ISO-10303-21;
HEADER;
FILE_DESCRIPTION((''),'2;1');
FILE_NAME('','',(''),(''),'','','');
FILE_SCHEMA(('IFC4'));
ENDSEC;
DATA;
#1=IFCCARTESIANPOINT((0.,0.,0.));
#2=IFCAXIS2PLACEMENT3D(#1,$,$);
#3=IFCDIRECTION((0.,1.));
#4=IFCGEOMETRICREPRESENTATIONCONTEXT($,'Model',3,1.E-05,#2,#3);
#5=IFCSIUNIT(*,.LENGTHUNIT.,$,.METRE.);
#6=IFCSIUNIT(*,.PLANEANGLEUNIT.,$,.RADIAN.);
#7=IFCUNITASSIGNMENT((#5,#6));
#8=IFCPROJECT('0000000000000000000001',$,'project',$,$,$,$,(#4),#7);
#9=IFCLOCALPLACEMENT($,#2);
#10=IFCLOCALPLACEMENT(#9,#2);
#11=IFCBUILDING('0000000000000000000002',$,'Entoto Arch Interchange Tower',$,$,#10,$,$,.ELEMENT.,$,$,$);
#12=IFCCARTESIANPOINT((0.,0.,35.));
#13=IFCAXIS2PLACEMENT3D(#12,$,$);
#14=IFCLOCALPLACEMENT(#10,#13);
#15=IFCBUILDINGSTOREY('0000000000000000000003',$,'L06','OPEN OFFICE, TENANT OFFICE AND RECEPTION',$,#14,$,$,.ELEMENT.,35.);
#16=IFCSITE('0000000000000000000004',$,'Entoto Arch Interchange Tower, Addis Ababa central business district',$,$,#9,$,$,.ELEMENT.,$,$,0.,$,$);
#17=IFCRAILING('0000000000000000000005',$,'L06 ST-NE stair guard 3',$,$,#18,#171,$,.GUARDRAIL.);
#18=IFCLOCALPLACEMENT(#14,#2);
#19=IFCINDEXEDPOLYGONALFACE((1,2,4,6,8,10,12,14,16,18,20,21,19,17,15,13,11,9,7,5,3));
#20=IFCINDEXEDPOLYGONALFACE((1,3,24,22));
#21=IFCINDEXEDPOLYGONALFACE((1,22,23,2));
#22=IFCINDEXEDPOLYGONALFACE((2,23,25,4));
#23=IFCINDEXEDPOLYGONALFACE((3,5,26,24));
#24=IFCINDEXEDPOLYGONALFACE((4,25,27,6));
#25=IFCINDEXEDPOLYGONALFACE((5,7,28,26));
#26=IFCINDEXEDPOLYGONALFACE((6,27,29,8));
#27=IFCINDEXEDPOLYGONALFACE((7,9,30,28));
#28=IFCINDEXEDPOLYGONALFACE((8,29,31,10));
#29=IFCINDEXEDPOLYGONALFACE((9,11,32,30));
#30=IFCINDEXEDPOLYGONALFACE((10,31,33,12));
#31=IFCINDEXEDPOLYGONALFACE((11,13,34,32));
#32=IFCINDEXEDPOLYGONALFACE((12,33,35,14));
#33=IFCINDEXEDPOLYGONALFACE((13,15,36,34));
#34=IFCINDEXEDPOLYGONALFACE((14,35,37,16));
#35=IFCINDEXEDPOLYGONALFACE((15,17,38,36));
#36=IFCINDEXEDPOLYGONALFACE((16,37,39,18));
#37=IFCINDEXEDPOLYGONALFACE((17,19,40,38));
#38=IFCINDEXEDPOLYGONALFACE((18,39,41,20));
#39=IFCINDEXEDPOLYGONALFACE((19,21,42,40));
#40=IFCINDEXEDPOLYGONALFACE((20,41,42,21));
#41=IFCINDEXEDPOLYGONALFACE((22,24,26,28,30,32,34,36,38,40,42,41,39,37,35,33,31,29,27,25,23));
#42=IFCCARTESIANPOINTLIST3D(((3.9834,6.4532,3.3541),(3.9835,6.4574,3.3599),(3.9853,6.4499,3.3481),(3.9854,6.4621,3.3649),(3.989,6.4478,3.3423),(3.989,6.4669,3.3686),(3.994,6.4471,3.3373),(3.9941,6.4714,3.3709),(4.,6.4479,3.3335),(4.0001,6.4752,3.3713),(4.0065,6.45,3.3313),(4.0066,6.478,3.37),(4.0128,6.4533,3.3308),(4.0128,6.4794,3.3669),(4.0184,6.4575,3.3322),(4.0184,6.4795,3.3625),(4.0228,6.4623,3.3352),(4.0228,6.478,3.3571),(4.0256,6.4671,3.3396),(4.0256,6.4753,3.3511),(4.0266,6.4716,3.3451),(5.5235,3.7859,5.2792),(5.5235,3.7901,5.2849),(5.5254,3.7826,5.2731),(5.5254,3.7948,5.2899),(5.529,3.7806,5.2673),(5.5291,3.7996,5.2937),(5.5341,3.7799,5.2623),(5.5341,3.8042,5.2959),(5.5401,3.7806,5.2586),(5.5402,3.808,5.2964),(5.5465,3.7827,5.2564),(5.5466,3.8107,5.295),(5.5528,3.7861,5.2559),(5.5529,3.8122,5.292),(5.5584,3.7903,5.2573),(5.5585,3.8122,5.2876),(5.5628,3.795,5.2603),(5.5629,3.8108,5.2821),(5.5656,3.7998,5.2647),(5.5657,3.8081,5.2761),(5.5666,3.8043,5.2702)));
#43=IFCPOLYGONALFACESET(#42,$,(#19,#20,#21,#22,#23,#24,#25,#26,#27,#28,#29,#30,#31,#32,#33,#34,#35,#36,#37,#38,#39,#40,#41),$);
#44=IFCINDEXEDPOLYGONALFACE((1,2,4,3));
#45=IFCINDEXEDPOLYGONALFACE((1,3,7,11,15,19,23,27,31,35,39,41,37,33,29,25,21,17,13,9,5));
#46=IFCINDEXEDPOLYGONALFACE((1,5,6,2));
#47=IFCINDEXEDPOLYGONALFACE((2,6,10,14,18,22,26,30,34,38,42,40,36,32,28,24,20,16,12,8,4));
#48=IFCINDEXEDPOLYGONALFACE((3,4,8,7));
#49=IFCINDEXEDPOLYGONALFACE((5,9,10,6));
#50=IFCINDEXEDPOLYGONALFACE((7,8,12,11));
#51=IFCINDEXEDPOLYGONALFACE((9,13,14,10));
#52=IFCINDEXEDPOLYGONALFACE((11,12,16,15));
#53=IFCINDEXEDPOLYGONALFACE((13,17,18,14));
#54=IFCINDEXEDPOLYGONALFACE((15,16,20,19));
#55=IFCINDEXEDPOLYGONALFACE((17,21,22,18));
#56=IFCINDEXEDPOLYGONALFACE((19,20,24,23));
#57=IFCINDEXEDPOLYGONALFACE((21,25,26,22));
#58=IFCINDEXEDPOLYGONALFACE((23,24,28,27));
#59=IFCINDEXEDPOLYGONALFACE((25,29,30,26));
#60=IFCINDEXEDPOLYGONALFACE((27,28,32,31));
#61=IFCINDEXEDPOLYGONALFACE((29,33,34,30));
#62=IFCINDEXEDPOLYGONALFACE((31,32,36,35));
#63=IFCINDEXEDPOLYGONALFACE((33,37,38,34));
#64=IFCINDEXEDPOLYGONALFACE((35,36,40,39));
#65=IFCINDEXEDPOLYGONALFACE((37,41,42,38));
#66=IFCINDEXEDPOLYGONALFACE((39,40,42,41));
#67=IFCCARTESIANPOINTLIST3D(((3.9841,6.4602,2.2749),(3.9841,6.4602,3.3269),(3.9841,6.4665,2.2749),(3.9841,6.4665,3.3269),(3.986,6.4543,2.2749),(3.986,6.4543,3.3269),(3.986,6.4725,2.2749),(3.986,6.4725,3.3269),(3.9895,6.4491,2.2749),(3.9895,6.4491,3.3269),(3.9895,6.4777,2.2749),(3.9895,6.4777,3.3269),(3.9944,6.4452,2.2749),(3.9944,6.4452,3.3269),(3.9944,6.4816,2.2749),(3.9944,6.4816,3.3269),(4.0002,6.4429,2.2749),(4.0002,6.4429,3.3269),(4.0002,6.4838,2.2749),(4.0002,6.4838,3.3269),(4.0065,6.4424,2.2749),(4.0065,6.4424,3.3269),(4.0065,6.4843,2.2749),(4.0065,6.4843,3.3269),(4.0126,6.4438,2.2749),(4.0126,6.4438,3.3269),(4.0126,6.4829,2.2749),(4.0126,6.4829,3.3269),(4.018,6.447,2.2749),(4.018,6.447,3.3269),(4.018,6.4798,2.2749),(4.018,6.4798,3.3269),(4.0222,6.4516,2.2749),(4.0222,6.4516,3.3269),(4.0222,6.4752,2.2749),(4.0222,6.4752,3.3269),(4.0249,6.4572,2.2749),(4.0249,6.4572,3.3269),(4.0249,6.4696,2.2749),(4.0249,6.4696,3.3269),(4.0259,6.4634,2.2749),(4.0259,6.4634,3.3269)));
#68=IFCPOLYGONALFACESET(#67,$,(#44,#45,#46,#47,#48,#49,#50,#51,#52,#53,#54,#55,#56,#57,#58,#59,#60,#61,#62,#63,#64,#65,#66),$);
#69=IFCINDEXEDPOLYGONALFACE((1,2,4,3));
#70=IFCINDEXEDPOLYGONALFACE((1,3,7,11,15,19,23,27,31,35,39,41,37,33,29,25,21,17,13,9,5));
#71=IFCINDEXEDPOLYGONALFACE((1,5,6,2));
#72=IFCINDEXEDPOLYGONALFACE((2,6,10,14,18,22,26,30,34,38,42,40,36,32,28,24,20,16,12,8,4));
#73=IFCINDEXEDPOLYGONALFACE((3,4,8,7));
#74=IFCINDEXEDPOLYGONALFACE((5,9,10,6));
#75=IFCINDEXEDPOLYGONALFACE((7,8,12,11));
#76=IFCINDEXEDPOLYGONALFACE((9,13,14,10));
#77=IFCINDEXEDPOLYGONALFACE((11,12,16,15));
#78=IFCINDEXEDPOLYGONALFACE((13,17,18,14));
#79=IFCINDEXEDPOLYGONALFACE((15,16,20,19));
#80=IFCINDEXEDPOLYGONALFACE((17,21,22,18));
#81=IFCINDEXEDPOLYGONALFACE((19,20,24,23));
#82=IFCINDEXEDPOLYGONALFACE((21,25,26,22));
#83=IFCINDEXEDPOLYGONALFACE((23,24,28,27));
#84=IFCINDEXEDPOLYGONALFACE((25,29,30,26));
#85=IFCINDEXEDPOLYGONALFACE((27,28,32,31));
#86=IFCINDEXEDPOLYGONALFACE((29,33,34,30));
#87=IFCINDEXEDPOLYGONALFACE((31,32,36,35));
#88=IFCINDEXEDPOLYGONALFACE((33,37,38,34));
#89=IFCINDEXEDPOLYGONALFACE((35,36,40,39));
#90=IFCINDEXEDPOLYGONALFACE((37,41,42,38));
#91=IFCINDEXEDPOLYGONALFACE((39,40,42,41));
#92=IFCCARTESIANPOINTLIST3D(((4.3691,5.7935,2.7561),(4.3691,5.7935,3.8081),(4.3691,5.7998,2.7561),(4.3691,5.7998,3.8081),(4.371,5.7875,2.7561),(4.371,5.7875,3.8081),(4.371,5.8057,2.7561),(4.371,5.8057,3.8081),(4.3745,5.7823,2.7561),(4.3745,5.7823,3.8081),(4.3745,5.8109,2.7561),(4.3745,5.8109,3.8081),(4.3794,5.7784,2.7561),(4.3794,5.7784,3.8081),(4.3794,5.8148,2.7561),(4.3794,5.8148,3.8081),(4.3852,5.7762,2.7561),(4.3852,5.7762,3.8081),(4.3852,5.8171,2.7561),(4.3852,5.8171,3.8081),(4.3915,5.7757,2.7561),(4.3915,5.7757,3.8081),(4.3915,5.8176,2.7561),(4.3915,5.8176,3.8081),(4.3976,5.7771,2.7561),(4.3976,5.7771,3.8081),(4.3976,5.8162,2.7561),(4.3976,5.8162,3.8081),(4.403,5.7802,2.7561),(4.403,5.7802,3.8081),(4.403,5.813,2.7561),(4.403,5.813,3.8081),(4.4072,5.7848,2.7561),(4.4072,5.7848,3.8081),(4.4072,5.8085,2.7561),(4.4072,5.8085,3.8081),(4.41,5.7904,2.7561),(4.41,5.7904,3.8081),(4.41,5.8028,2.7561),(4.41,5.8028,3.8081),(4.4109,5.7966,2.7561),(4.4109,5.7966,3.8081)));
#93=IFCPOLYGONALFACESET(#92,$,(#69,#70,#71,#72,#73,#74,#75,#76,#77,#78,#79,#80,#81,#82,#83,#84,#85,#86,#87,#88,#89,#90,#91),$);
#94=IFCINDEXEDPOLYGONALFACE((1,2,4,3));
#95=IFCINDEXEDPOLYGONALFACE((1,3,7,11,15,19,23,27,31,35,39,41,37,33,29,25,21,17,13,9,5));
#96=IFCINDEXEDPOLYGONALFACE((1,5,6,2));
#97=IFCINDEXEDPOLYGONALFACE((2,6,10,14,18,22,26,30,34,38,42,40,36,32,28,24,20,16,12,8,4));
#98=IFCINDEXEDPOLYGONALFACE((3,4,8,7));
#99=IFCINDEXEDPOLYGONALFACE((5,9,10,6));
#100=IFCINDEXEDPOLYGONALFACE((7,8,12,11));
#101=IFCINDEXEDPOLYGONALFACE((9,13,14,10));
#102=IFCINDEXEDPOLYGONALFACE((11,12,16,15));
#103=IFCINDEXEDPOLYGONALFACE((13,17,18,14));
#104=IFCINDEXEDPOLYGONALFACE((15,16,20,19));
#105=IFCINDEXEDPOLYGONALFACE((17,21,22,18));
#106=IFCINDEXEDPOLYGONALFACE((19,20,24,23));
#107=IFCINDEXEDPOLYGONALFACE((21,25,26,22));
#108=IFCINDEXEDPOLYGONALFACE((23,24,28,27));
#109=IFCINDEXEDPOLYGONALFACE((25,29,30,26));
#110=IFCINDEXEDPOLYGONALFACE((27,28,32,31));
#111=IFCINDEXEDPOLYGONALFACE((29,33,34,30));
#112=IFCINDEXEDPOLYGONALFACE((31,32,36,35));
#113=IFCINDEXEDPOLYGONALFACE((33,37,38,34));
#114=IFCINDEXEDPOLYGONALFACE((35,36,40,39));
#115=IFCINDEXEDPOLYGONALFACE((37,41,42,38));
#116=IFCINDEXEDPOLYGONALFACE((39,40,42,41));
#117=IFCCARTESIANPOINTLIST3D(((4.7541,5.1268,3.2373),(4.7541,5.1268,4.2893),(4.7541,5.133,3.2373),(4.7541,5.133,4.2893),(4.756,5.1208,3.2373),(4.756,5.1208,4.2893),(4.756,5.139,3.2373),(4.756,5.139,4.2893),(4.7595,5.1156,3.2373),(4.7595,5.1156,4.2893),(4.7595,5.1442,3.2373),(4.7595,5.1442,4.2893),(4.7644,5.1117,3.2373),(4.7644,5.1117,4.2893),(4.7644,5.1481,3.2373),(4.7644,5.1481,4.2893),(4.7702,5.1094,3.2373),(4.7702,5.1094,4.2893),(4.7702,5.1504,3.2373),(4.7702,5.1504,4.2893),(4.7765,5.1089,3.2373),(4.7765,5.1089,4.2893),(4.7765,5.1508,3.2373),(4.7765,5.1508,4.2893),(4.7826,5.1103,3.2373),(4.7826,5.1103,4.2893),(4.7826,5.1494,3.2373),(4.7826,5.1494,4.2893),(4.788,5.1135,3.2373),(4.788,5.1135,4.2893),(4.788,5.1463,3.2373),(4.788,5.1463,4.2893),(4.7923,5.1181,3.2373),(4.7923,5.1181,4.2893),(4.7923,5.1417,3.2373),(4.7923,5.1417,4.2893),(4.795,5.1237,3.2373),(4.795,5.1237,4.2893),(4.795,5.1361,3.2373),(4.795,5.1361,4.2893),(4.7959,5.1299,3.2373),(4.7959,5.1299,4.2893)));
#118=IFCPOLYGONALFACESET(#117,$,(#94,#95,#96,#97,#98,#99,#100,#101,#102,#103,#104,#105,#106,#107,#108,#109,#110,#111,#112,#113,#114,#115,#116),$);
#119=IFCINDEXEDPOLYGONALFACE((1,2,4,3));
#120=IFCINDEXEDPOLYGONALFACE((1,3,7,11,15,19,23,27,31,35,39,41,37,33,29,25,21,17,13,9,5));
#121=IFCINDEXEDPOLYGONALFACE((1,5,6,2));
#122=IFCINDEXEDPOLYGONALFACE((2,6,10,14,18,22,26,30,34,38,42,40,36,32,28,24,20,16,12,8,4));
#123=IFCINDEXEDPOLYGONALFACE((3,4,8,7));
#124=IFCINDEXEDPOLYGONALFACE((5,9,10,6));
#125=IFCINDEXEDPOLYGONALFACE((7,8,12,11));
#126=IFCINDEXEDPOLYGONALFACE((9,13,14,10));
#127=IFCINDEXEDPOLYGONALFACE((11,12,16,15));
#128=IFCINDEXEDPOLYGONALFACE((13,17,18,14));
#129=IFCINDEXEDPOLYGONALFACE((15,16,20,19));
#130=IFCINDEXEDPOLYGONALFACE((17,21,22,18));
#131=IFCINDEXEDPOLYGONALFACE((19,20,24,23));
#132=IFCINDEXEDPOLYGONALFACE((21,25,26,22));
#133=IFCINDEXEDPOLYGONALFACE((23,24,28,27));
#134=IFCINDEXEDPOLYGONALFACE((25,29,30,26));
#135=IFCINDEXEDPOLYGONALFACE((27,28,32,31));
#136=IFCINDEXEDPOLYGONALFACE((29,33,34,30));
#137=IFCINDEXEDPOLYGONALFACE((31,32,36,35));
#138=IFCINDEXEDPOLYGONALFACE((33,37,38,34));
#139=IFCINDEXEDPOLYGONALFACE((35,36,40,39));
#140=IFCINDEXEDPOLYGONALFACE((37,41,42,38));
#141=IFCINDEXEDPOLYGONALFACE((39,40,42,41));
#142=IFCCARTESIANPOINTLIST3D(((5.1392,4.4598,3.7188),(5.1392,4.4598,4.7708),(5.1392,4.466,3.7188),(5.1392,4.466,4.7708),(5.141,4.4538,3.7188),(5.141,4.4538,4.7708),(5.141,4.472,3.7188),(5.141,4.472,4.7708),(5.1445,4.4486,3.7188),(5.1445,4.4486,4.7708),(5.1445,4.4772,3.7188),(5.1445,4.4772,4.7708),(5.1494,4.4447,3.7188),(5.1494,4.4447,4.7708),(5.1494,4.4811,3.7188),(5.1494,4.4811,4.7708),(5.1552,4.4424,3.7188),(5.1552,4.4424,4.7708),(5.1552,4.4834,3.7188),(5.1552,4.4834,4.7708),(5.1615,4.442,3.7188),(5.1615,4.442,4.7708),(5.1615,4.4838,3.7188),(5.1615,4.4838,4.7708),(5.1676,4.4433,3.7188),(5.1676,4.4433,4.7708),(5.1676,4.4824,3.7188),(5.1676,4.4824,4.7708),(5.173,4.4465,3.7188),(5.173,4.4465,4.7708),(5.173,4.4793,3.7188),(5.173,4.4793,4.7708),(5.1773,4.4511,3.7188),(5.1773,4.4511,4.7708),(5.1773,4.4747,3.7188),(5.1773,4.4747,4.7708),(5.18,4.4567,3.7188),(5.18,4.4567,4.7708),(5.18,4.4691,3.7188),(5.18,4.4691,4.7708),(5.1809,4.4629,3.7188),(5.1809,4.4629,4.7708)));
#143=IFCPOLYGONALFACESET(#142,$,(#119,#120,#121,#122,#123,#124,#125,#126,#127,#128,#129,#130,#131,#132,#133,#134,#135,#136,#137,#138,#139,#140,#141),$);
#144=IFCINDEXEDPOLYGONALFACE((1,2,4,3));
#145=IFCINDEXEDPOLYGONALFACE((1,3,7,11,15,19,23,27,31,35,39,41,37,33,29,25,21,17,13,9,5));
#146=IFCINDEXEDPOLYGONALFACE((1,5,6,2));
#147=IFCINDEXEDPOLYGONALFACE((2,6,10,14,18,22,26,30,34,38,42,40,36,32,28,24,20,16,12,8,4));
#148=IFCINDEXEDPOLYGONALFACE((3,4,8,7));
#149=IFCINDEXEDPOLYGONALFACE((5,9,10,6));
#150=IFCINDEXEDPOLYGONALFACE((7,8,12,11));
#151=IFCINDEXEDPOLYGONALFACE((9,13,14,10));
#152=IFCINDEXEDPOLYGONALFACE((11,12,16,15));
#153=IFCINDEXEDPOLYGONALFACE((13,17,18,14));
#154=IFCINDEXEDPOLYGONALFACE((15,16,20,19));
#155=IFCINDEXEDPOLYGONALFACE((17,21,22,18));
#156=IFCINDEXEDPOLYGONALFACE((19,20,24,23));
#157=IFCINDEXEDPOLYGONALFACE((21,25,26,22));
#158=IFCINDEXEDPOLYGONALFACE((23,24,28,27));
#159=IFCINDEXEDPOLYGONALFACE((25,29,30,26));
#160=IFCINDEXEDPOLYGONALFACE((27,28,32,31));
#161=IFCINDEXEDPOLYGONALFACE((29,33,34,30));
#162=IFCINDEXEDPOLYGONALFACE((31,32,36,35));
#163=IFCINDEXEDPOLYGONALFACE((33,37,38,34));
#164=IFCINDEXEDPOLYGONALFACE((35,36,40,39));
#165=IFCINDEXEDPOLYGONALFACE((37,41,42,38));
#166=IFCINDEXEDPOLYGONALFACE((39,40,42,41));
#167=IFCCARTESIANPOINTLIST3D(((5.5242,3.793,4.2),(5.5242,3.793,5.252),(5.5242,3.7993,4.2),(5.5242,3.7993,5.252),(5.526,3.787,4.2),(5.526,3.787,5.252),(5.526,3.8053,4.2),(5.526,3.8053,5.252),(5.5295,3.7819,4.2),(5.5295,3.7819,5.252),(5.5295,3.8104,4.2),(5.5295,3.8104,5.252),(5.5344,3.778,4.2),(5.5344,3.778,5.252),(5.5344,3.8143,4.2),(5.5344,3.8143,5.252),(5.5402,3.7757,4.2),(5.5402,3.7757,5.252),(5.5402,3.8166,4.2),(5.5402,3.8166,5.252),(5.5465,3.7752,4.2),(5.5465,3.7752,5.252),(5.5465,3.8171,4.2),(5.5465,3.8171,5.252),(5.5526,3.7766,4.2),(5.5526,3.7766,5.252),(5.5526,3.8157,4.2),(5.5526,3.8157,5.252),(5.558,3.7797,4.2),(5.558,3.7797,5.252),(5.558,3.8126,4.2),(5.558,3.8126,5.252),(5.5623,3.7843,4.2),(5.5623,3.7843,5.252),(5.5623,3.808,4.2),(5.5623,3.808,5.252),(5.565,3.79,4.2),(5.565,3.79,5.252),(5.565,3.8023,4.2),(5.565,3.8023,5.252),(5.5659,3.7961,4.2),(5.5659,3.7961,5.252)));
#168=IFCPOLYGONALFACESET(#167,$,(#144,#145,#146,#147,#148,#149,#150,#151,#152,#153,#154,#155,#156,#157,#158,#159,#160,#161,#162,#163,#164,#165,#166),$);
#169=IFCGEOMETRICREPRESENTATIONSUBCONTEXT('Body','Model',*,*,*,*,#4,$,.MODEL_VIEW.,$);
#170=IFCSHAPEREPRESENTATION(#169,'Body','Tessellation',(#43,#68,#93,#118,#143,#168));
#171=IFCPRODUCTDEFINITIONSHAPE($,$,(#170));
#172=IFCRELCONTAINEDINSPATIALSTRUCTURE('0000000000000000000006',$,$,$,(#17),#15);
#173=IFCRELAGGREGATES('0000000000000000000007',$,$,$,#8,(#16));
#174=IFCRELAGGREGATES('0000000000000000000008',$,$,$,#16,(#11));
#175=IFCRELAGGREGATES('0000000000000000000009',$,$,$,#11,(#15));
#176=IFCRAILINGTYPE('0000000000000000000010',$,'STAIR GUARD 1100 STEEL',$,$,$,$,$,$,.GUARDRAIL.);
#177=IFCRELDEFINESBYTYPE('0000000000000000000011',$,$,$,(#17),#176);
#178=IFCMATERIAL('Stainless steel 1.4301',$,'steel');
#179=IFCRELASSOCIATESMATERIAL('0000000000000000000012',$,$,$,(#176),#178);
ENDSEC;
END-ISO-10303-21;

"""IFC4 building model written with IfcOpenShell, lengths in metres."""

from ifc_helpers import new_model, si_unit, direction, frame, origin, origin_2d, place, context, subcontext, project, spatial, circle, extrude, material, type_object, element, save


model = new_model("IFC4")

# Units and contexts
model_context = context("Model", 3, precision=1e-05, world=origin(), true_north=direction((0.0, 1.0)))
body_context = subcontext(model_context, "Body", "Model", "MODEL_VIEW")
ifc_project = project(units=[si_unit("LENGTHUNIT", "METRE"), si_unit("PLANEANGLEUNIT", "RADIAN")], contexts=[model_context])

# Site, building, storey
site_placement = place(None, origin())
site = spatial("IfcSite", under=ifc_project, at=site_placement, Name="Entoto Arch Interchange Tower, Addis Ababa central business district", CompositionType="ELEMENT", RefElevation=0.0)
building_placement = place(site_placement, origin())
building = spatial("IfcBuilding", under=site, at=building_placement, Name="Entoto Arch Interchange Tower", CompositionType="ELEMENT")
storey_placement = place(building_placement, frame((0.0, 0.0, 35.0)))
storey = spatial("IfcBuildingStorey", under=building, at=storey_placement, Name="L06", Description="OPEN OFFICE, TENANT OFFICE AND RECEPTION", CompositionType="ELEMENT", Elevation=35.0)

# Railing
ifc_material_1 = material(Name="Stainless steel 1.4301", Category="steel")
railing_type_1 = type_object("IfcRailingType", Name="STAIR GUARD 1100 STEEL", PredefinedType="GUARDRAIL", material=ifc_material_1)
railing_1_placement = place(storey_placement, frame((4.0049, 6.4634, 2.2749)))
element("IfcRailing", 1, at=railing_1_placement, inside=storey, type_object=railing_type_1, Name="L06 ST-NE stair guard 3", PredefinedType="GUARDRAIL", context=body_context, shape_type="SweptSolid", body=[
    extrude(circle(Radius=0.0239, at=origin_2d()), frame((0.0, 0.0, 1.0762), z_axis=(0.424015, -0.734364, 0.530019), x_axis=(0.86601, 0.500027, 0.0)), (0.0, 0.0, 1.0), 3.6321),
    extrude(circle(Radius=0.021, at=origin_2d()), origin(), (0.0, 0.0, 1.0), 1.052),
    extrude(circle(Radius=0.021, at=origin_2d()), frame((0.385, -0.6667, 0.4812)), (0.0, 0.0, 1.0), 1.052),
    extrude(circle(Radius=0.021, at=origin_2d()), frame((0.77, -1.3335, 0.9624)), (0.0, 0.0, 1.0), 1.052),
    extrude(circle(Radius=0.021, at=origin_2d()), frame((1.155, -2.0005, 1.4438)), (0.0, 0.0, 1.0), 1.052),
    extrude(circle(Radius=0.021, at=origin_2d()), frame((1.54, -2.6672, 1.925)), (0.0, 0.0, 1.0), 1.052),
])

save(model, "model.ifc")
